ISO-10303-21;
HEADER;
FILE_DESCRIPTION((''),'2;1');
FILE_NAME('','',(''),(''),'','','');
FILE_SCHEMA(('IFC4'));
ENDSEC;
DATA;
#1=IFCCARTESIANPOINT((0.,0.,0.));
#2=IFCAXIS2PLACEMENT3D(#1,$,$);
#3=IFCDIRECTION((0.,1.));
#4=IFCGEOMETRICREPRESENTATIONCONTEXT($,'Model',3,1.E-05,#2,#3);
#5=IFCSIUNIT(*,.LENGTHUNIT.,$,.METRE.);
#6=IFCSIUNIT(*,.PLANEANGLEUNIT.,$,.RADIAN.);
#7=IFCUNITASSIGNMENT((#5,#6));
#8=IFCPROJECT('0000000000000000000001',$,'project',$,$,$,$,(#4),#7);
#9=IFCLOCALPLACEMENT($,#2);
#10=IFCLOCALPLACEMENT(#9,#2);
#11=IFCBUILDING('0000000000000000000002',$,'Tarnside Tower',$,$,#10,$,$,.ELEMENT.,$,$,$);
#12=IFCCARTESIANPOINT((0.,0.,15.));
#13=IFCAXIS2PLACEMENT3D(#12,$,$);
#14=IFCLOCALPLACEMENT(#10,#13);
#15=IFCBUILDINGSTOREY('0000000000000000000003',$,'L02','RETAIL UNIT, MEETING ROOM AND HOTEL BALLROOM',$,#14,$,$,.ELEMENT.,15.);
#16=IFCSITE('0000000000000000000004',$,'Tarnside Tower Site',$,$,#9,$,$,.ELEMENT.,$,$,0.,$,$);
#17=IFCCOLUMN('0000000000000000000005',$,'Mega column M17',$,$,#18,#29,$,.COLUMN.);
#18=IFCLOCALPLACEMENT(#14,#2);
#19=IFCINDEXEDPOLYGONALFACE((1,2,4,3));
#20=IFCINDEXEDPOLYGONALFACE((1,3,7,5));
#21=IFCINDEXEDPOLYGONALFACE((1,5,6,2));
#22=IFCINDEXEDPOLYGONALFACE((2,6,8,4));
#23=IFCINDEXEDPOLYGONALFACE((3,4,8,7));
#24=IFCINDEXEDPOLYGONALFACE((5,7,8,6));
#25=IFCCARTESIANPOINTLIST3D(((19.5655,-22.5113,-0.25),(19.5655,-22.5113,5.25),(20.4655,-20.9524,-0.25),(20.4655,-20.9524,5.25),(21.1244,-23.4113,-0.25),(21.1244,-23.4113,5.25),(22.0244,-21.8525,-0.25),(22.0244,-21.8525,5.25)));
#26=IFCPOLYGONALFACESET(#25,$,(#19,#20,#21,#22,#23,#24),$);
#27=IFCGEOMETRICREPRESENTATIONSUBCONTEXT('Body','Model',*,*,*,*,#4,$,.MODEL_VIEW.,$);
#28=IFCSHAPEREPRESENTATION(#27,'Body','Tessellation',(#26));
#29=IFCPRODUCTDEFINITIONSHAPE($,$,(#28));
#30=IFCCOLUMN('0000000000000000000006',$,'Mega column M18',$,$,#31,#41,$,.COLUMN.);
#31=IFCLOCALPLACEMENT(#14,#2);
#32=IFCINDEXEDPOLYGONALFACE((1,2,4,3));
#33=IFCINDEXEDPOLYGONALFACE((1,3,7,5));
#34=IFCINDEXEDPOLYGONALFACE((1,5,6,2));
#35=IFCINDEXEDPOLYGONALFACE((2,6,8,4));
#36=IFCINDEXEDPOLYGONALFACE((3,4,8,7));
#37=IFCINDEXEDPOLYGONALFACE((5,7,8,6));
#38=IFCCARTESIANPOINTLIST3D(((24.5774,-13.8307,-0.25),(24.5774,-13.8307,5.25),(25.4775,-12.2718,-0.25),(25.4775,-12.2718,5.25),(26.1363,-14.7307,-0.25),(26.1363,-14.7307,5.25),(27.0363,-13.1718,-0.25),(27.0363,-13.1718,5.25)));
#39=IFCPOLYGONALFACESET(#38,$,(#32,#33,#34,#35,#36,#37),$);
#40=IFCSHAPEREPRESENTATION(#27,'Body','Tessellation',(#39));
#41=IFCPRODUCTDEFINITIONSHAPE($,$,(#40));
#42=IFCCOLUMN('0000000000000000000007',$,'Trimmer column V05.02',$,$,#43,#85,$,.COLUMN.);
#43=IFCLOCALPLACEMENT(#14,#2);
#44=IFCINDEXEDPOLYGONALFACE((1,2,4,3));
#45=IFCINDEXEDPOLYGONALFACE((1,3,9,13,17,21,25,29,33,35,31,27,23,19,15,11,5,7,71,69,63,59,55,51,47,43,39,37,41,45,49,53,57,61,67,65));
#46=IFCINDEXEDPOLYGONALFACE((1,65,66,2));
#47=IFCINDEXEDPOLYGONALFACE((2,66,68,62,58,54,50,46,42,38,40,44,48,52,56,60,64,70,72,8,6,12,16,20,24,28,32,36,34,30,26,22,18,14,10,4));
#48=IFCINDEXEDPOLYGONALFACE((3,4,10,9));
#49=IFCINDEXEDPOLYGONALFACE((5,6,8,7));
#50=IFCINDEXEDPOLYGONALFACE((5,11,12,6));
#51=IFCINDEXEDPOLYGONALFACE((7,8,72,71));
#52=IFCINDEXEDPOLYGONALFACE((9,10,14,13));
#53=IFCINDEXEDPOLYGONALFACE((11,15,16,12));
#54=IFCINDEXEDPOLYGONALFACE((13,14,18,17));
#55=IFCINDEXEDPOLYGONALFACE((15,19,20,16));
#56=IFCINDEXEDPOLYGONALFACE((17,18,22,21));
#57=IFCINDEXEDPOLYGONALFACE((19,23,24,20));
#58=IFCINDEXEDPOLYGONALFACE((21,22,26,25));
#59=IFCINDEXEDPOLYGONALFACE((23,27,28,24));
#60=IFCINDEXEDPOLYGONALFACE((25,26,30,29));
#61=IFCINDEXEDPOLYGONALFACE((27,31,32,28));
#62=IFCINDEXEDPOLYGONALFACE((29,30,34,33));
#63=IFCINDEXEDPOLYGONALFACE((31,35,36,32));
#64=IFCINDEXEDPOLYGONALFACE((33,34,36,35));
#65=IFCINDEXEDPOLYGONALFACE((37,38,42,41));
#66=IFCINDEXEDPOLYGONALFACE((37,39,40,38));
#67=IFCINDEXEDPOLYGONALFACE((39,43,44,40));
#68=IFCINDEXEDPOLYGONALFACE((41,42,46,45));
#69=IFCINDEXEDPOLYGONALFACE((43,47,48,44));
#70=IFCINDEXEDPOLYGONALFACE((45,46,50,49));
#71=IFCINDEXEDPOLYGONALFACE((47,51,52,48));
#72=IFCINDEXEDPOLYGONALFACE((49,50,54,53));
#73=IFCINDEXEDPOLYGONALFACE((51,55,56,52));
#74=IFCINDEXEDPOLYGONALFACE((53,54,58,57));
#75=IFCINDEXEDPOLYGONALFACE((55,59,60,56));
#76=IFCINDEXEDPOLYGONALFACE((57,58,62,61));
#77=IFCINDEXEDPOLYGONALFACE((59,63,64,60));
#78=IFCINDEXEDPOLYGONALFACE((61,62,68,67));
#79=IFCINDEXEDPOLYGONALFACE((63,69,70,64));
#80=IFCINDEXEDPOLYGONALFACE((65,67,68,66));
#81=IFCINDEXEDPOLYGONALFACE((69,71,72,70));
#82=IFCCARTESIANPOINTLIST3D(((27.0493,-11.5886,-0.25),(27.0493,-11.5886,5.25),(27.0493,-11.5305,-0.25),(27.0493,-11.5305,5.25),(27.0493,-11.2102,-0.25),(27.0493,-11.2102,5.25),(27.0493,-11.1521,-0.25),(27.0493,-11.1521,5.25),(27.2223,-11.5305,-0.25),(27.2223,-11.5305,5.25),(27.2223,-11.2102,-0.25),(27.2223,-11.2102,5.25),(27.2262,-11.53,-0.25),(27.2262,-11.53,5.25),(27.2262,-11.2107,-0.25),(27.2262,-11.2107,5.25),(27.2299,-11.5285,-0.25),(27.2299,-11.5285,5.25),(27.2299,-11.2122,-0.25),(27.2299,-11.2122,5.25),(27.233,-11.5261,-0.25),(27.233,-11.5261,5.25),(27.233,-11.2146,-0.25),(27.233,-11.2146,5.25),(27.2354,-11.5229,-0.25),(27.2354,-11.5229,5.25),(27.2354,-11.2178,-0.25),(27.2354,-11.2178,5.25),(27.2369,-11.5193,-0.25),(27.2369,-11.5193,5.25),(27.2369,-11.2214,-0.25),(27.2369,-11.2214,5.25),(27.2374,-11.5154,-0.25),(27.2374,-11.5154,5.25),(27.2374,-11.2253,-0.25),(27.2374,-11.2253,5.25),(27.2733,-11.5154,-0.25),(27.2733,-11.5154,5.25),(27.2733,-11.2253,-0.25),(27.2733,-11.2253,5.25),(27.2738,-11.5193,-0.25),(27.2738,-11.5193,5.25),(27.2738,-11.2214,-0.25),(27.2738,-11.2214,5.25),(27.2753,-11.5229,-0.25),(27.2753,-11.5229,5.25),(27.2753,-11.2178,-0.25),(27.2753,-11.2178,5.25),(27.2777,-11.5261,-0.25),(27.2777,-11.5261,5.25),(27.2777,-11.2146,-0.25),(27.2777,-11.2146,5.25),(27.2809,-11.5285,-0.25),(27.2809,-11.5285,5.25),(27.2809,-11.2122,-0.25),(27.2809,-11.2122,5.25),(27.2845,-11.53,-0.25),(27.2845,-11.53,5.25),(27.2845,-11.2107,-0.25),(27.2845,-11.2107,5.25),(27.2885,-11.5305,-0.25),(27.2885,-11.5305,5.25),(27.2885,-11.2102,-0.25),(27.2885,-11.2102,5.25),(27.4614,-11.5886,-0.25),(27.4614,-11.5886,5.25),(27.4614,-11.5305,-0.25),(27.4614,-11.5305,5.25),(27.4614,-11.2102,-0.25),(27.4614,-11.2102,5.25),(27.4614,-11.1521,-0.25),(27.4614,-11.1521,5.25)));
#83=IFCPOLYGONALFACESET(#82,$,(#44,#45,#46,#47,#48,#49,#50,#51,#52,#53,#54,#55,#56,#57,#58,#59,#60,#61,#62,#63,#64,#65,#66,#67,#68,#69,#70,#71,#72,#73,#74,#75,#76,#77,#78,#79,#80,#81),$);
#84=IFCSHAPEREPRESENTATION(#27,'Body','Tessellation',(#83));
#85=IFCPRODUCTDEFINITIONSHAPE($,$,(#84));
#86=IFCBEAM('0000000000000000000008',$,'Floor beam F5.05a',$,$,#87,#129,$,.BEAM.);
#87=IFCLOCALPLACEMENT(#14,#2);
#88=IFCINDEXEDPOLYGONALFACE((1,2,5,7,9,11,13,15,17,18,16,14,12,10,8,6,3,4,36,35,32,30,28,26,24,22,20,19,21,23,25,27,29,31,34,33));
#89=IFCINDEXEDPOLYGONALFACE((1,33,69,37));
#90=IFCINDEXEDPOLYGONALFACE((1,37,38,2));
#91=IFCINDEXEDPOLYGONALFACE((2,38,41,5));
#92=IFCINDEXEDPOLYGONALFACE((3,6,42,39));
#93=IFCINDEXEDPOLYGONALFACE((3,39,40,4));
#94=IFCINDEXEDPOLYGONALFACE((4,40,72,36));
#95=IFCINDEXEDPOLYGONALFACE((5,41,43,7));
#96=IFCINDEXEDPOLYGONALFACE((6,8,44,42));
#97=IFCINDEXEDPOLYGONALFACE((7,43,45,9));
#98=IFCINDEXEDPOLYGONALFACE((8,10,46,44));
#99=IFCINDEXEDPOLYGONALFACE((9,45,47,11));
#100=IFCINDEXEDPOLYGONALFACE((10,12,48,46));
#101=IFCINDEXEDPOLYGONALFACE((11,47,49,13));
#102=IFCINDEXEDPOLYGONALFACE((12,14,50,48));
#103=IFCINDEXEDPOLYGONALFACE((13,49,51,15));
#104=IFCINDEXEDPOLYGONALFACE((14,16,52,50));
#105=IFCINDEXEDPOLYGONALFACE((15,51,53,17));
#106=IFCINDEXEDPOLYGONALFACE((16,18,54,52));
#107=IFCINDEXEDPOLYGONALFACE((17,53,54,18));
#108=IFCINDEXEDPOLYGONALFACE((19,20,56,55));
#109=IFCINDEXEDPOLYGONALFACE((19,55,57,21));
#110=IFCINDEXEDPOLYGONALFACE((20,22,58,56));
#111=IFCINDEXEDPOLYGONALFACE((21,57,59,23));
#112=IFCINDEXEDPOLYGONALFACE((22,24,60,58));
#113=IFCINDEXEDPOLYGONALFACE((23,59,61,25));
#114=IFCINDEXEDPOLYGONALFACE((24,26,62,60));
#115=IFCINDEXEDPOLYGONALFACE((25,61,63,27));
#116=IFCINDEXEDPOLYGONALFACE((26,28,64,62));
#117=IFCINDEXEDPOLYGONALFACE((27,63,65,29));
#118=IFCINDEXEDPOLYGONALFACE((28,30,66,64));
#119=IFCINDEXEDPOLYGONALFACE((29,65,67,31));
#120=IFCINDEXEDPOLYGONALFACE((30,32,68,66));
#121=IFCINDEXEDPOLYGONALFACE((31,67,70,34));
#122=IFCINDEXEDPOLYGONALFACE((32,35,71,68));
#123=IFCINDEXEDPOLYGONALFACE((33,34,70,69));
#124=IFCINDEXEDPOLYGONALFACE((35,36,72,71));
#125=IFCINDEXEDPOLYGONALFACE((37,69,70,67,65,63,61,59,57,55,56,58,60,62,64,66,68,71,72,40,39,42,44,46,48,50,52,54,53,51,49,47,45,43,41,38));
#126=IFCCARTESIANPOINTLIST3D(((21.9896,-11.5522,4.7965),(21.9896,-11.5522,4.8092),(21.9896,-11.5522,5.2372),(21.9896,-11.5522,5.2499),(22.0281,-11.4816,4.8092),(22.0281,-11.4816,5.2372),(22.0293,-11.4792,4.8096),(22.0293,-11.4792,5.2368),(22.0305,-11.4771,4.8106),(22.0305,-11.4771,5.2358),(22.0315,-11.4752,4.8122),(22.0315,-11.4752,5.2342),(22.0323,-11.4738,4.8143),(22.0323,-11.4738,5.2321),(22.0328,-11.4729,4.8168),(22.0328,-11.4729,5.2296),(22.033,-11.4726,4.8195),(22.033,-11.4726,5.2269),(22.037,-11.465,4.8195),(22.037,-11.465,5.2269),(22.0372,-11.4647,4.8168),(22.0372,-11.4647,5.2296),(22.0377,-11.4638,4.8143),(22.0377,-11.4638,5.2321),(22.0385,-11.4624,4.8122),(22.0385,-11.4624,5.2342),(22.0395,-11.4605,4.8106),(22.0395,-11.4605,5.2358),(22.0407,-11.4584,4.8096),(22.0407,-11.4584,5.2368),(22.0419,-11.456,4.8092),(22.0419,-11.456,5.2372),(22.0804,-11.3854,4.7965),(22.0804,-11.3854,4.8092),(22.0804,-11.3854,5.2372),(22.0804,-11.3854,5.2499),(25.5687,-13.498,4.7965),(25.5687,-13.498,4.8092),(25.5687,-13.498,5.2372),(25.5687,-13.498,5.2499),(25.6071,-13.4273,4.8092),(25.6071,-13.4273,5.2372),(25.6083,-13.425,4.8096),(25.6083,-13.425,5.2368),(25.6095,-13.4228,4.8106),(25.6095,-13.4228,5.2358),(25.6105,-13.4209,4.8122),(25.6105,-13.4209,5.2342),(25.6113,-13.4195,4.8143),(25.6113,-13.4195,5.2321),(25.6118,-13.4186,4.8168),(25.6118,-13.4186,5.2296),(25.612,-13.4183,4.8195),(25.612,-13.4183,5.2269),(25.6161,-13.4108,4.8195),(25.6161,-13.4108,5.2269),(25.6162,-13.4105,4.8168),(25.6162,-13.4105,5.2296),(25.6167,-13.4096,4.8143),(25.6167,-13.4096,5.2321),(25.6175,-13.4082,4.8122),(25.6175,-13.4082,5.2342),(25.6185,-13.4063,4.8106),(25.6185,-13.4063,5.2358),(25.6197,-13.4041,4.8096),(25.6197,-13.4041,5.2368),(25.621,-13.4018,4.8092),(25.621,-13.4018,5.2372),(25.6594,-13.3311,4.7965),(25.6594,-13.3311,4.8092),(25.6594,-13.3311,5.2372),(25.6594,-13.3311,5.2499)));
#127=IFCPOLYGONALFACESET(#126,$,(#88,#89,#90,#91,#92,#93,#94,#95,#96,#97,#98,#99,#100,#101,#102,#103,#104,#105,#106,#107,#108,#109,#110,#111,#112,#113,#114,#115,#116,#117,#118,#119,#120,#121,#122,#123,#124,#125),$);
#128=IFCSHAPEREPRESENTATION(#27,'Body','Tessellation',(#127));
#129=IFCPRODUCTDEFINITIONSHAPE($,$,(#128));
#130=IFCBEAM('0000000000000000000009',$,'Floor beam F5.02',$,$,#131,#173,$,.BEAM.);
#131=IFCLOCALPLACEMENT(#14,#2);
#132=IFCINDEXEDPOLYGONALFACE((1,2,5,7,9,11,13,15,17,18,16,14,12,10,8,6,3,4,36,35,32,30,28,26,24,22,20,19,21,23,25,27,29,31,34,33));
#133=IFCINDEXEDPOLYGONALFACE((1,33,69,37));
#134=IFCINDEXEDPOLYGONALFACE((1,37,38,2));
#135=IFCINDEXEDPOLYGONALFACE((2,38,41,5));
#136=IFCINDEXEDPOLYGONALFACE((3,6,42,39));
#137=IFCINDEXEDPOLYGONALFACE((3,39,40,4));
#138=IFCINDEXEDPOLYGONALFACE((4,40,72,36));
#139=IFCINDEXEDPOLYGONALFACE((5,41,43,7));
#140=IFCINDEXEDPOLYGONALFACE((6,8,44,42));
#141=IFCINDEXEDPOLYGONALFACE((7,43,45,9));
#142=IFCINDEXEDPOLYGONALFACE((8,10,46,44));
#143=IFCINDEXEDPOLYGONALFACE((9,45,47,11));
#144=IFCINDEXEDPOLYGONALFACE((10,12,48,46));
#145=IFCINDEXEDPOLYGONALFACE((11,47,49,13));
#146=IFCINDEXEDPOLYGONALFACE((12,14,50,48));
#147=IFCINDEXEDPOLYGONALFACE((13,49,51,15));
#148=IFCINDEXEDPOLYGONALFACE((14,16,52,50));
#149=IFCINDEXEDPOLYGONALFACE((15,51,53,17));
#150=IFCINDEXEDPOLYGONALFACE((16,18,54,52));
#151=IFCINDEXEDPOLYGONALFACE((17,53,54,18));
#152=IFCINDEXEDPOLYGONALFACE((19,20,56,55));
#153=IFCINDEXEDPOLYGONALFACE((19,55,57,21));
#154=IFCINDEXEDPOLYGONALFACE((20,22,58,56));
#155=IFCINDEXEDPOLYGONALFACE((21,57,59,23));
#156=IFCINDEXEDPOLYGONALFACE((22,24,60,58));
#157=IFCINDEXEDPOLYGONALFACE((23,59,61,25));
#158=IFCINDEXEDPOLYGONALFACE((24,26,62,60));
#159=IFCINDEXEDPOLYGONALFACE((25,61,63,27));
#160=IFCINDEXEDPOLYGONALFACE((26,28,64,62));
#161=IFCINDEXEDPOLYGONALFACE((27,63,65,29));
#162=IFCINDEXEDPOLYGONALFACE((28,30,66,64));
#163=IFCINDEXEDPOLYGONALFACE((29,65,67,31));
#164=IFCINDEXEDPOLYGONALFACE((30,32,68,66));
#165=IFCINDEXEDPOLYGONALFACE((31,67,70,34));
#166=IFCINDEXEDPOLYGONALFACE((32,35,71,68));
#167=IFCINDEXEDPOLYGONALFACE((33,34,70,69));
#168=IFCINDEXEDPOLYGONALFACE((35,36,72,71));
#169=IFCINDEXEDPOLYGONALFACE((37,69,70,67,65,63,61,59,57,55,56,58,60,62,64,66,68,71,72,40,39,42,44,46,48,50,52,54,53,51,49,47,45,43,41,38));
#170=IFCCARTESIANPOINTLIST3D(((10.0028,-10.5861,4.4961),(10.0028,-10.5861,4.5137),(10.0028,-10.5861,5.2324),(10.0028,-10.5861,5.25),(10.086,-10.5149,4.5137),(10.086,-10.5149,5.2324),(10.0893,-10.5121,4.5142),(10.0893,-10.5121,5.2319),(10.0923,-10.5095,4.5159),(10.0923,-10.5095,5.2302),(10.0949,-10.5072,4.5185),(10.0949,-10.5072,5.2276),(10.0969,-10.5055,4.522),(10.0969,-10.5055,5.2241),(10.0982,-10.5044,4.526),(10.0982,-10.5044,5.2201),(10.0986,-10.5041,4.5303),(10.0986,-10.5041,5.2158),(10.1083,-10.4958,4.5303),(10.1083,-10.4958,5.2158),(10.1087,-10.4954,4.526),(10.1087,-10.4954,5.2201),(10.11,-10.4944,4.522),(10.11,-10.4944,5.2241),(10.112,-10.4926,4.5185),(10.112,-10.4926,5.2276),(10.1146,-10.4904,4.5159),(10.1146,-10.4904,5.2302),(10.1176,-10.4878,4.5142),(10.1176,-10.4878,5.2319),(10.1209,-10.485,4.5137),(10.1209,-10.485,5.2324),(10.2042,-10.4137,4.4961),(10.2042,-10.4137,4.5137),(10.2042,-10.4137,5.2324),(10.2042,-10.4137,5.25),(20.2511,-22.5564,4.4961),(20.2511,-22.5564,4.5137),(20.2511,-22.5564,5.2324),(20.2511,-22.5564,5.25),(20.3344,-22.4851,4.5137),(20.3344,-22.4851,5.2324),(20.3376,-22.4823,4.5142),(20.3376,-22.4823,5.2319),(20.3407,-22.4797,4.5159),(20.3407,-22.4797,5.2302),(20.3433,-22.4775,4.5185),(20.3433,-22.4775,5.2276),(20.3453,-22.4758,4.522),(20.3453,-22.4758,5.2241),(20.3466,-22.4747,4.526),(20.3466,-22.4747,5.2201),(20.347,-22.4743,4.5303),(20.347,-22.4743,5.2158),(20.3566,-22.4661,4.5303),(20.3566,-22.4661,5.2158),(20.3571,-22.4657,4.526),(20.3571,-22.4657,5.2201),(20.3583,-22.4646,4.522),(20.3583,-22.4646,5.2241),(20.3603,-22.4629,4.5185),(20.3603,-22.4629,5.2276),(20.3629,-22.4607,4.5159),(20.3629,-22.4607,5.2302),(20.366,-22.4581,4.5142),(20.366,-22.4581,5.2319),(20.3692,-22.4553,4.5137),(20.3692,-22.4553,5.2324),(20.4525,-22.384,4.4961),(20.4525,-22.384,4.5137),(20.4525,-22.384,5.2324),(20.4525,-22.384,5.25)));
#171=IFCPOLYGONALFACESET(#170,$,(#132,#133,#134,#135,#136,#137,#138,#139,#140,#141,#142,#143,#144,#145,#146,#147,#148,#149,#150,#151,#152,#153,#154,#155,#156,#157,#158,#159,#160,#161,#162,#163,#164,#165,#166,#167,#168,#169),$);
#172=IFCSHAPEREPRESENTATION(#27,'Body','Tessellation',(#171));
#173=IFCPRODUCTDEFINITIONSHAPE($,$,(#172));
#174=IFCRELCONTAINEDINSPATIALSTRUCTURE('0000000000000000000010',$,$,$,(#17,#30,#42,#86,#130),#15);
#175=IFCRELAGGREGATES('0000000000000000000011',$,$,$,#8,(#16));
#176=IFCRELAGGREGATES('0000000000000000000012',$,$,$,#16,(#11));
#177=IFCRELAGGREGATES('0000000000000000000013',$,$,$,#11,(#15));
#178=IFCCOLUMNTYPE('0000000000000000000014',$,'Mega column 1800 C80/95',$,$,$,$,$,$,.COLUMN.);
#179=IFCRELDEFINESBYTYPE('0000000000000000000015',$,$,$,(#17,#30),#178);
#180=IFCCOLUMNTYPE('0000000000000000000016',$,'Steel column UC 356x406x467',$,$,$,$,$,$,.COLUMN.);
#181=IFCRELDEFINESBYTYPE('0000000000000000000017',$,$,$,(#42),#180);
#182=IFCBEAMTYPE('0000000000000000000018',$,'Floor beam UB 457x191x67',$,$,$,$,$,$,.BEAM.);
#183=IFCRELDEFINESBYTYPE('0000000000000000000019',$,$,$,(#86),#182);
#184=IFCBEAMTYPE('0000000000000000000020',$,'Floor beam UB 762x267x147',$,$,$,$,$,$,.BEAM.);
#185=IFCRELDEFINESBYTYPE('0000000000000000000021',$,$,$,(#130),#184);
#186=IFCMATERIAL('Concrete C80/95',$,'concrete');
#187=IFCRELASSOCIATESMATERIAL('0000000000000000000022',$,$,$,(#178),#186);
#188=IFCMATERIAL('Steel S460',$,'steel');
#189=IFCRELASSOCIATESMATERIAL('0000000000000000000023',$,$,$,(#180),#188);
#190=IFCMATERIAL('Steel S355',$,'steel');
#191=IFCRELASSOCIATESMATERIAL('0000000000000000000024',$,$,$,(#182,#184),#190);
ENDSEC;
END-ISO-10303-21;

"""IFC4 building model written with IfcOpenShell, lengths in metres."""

from ifc_helpers import new_model, si_unit, direction, frame, origin, origin_2d, place, context, subcontext, project, spatial, rectangle, i_section, extrude, material, material_profile, profile_set, type_object, element, save


model = new_model("IFC4")

# Units and contexts
model_context = context("Model", 3, precision=1e-05, world=origin(), true_north=direction((0.0, 1.0)))
body_context = subcontext(model_context, "Body", "Model", "MODEL_VIEW")
ifc_project = project(units=[si_unit("LENGTHUNIT", "METRE"), si_unit("PLANEANGLEUNIT", "RADIAN")], contexts=[model_context])

# Site, building, storey
site_placement = place(None, origin())
site = spatial("IfcSite", under=ifc_project, at=site_placement, Name="Tarnside Tower Site", CompositionType="ELEMENT", RefElevation=0.0)
building_placement = place(site_placement, origin())
building = spatial("IfcBuilding", under=site, at=building_placement, Name="Tarnside Tower", CompositionType="ELEMENT")
storey_placement = place(building_placement, frame((0.0, 0.0, 15.0)))
storey = spatial("IfcBuildingStorey", under=building, at=storey_placement, Name="L02", Description="RETAIL UNIT, MEETING ROOM AND HOTEL BALLROOM", CompositionType="ELEMENT", Elevation=15.0)

# Columns
ifc_material_1 = material(Name="Concrete C80/95", Category="concrete")
ifc_material_profile_1 = material_profile(ifc_material_1, rectangle(XDim=1.8, YDim=1.8, at=origin_2d()), Name="Mega column 1800x1800")
ifc_profile_set_1 = profile_set([ifc_material_profile_1], Name="Concrete C80/95")
column_type_1 = type_object("IfcColumnType", Name="Mega column 1800 C80/95", PredefinedType="COLUMN", material=ifc_profile_set_1)
for number, where, z_axis, x_axis, name in (
    (1, (20.7949, -22.1819, -0.25), (0.0, 0.0, 1.0), (-0.5, -0.866025, 0.0), "Mega column M17"),
    (2, (25.8069, -13.5012, -0.25), (0.0, 0.0, 1.0), (-0.5, -0.866025, 0.0), "Mega column M18"),
):
    element("IfcColumn", number, at=place(storey_placement, frame(where, z_axis=z_axis, x_axis=x_axis)), inside=storey, type_object=column_type_1, Name=name, PredefinedType="COLUMN", context=body_context, shape_type="SweptSolid", body=[
        extrude(rectangle(XDim=1.8, YDim=1.8, at=origin_2d()), origin(), (0.0, 0.0, 1.0), 5.5),
    ])
ifc_material_2 = material(Name="Steel S460", Category="steel")
ifc_material_profile_2 = material_profile(ifc_material_2, i_section(OverallWidth=0.4121, OverallDepth=0.4365, WebThickness=0.0359, FlangeThickness=0.0581, FilletRadius=0.0151, at=origin_2d()), Name="UC 356x406x467")
ifc_profile_set_2 = profile_set([ifc_material_profile_2], Name="Steel S460")
column_type_2 = type_object("IfcColumnType", Name="Steel column UC 356x406x467", PredefinedType="COLUMN", material=ifc_profile_set_2)
column_placement = place(storey_placement, frame((27.2554, -11.3704, -0.25), z_axis=(0.0, 0.0, 1.0), x_axis=(1.0, 0.0, 0.0)))
element("IfcColumn", 3, at=column_placement, inside=storey, type_object=column_type_2, Name="Trimmer column V05.02", PredefinedType="COLUMN", context=body_context, shape_type="SweptSolid", body=[
    extrude(i_section(OverallWidth=0.4121, OverallDepth=0.4365, WebThickness=0.0359, FlangeThickness=0.0581, FilletRadius=0.0151, at=origin_2d()), origin(), (0.0, 0.0, 1.0), 5.5),
])

# Beams
ifc_material_3 = material(Name="Steel S355", Category="steel")
ifc_material_profile_3 = material_profile(ifc_material_3, i_section(OverallWidth=0.1899, OverallDepth=0.4534, WebThickness=0.0085, FlangeThickness=0.0127, FilletRadius=0.0103, at=origin_2d()), Name="UB 457x191x67")
ifc_profile_set_3 = profile_set([ifc_material_profile_3], Name="Steel S355")
beam_type_1 = type_object("IfcBeamType", Name="Floor beam UB 457x191x67", PredefinedType="BEAM", material=ifc_profile_set_3)
beam_1_placement = place(storey_placement, frame((25.614, -13.4146, 5.0232), z_axis=(-0.878559, 0.477634, 0.0), x_axis=(-0.477634, -0.878559, 0.0)))
element("IfcBeam", 4, at=beam_1_placement, inside=storey, type_object=beam_type_1, Name="Floor beam F5.05a", PredefinedType="BEAM", context=body_context, shape_type="SweptSolid", body=[
    extrude(i_section(OverallWidth=0.1899, OverallDepth=0.4534, WebThickness=0.0085, FlangeThickness=0.0127, FilletRadius=0.0103, at=origin_2d()), origin(), (0.0, 0.0, 1.0), 4.0737),
])
ifc_material_profile_4 = material_profile(ifc_material_3, i_section(OverallWidth=0.2651, OverallDepth=0.7539, WebThickness=0.0127, FlangeThickness=0.0176, FilletRadius=0.0166, at=origin_2d()), Name="UB 762x267x147")
ifc_profile_set_4 = profile_set([ifc_material_profile_4], Name="Steel S355")
beam_type_2 = type_object("IfcBeamType", Name="Floor beam UB 762x267x147", PredefinedType="BEAM", material=ifc_profile_set_4)
beam_2_placement = place(storey_placement, frame((20.3518, -22.4702, 4.873), z_axis=(-0.650356, 0.759629, 0.0), x_axis=(-0.759629, -0.650356, 0.0)))
element("IfcBeam", 5, at=beam_2_placement, inside=storey, type_object=beam_type_2, Name="Floor beam F5.02", PredefinedType="BEAM", context=body_context, shape_type="SweptSolid", body=[
    extrude(i_section(OverallWidth=0.2651, OverallDepth=0.7539, WebThickness=0.0127, FlangeThickness=0.0176, FilletRadius=0.0166, at=origin_2d()), origin(), (0.0, 0.0, 1.0), 15.7581),
])

save(model, "model.ifc")
